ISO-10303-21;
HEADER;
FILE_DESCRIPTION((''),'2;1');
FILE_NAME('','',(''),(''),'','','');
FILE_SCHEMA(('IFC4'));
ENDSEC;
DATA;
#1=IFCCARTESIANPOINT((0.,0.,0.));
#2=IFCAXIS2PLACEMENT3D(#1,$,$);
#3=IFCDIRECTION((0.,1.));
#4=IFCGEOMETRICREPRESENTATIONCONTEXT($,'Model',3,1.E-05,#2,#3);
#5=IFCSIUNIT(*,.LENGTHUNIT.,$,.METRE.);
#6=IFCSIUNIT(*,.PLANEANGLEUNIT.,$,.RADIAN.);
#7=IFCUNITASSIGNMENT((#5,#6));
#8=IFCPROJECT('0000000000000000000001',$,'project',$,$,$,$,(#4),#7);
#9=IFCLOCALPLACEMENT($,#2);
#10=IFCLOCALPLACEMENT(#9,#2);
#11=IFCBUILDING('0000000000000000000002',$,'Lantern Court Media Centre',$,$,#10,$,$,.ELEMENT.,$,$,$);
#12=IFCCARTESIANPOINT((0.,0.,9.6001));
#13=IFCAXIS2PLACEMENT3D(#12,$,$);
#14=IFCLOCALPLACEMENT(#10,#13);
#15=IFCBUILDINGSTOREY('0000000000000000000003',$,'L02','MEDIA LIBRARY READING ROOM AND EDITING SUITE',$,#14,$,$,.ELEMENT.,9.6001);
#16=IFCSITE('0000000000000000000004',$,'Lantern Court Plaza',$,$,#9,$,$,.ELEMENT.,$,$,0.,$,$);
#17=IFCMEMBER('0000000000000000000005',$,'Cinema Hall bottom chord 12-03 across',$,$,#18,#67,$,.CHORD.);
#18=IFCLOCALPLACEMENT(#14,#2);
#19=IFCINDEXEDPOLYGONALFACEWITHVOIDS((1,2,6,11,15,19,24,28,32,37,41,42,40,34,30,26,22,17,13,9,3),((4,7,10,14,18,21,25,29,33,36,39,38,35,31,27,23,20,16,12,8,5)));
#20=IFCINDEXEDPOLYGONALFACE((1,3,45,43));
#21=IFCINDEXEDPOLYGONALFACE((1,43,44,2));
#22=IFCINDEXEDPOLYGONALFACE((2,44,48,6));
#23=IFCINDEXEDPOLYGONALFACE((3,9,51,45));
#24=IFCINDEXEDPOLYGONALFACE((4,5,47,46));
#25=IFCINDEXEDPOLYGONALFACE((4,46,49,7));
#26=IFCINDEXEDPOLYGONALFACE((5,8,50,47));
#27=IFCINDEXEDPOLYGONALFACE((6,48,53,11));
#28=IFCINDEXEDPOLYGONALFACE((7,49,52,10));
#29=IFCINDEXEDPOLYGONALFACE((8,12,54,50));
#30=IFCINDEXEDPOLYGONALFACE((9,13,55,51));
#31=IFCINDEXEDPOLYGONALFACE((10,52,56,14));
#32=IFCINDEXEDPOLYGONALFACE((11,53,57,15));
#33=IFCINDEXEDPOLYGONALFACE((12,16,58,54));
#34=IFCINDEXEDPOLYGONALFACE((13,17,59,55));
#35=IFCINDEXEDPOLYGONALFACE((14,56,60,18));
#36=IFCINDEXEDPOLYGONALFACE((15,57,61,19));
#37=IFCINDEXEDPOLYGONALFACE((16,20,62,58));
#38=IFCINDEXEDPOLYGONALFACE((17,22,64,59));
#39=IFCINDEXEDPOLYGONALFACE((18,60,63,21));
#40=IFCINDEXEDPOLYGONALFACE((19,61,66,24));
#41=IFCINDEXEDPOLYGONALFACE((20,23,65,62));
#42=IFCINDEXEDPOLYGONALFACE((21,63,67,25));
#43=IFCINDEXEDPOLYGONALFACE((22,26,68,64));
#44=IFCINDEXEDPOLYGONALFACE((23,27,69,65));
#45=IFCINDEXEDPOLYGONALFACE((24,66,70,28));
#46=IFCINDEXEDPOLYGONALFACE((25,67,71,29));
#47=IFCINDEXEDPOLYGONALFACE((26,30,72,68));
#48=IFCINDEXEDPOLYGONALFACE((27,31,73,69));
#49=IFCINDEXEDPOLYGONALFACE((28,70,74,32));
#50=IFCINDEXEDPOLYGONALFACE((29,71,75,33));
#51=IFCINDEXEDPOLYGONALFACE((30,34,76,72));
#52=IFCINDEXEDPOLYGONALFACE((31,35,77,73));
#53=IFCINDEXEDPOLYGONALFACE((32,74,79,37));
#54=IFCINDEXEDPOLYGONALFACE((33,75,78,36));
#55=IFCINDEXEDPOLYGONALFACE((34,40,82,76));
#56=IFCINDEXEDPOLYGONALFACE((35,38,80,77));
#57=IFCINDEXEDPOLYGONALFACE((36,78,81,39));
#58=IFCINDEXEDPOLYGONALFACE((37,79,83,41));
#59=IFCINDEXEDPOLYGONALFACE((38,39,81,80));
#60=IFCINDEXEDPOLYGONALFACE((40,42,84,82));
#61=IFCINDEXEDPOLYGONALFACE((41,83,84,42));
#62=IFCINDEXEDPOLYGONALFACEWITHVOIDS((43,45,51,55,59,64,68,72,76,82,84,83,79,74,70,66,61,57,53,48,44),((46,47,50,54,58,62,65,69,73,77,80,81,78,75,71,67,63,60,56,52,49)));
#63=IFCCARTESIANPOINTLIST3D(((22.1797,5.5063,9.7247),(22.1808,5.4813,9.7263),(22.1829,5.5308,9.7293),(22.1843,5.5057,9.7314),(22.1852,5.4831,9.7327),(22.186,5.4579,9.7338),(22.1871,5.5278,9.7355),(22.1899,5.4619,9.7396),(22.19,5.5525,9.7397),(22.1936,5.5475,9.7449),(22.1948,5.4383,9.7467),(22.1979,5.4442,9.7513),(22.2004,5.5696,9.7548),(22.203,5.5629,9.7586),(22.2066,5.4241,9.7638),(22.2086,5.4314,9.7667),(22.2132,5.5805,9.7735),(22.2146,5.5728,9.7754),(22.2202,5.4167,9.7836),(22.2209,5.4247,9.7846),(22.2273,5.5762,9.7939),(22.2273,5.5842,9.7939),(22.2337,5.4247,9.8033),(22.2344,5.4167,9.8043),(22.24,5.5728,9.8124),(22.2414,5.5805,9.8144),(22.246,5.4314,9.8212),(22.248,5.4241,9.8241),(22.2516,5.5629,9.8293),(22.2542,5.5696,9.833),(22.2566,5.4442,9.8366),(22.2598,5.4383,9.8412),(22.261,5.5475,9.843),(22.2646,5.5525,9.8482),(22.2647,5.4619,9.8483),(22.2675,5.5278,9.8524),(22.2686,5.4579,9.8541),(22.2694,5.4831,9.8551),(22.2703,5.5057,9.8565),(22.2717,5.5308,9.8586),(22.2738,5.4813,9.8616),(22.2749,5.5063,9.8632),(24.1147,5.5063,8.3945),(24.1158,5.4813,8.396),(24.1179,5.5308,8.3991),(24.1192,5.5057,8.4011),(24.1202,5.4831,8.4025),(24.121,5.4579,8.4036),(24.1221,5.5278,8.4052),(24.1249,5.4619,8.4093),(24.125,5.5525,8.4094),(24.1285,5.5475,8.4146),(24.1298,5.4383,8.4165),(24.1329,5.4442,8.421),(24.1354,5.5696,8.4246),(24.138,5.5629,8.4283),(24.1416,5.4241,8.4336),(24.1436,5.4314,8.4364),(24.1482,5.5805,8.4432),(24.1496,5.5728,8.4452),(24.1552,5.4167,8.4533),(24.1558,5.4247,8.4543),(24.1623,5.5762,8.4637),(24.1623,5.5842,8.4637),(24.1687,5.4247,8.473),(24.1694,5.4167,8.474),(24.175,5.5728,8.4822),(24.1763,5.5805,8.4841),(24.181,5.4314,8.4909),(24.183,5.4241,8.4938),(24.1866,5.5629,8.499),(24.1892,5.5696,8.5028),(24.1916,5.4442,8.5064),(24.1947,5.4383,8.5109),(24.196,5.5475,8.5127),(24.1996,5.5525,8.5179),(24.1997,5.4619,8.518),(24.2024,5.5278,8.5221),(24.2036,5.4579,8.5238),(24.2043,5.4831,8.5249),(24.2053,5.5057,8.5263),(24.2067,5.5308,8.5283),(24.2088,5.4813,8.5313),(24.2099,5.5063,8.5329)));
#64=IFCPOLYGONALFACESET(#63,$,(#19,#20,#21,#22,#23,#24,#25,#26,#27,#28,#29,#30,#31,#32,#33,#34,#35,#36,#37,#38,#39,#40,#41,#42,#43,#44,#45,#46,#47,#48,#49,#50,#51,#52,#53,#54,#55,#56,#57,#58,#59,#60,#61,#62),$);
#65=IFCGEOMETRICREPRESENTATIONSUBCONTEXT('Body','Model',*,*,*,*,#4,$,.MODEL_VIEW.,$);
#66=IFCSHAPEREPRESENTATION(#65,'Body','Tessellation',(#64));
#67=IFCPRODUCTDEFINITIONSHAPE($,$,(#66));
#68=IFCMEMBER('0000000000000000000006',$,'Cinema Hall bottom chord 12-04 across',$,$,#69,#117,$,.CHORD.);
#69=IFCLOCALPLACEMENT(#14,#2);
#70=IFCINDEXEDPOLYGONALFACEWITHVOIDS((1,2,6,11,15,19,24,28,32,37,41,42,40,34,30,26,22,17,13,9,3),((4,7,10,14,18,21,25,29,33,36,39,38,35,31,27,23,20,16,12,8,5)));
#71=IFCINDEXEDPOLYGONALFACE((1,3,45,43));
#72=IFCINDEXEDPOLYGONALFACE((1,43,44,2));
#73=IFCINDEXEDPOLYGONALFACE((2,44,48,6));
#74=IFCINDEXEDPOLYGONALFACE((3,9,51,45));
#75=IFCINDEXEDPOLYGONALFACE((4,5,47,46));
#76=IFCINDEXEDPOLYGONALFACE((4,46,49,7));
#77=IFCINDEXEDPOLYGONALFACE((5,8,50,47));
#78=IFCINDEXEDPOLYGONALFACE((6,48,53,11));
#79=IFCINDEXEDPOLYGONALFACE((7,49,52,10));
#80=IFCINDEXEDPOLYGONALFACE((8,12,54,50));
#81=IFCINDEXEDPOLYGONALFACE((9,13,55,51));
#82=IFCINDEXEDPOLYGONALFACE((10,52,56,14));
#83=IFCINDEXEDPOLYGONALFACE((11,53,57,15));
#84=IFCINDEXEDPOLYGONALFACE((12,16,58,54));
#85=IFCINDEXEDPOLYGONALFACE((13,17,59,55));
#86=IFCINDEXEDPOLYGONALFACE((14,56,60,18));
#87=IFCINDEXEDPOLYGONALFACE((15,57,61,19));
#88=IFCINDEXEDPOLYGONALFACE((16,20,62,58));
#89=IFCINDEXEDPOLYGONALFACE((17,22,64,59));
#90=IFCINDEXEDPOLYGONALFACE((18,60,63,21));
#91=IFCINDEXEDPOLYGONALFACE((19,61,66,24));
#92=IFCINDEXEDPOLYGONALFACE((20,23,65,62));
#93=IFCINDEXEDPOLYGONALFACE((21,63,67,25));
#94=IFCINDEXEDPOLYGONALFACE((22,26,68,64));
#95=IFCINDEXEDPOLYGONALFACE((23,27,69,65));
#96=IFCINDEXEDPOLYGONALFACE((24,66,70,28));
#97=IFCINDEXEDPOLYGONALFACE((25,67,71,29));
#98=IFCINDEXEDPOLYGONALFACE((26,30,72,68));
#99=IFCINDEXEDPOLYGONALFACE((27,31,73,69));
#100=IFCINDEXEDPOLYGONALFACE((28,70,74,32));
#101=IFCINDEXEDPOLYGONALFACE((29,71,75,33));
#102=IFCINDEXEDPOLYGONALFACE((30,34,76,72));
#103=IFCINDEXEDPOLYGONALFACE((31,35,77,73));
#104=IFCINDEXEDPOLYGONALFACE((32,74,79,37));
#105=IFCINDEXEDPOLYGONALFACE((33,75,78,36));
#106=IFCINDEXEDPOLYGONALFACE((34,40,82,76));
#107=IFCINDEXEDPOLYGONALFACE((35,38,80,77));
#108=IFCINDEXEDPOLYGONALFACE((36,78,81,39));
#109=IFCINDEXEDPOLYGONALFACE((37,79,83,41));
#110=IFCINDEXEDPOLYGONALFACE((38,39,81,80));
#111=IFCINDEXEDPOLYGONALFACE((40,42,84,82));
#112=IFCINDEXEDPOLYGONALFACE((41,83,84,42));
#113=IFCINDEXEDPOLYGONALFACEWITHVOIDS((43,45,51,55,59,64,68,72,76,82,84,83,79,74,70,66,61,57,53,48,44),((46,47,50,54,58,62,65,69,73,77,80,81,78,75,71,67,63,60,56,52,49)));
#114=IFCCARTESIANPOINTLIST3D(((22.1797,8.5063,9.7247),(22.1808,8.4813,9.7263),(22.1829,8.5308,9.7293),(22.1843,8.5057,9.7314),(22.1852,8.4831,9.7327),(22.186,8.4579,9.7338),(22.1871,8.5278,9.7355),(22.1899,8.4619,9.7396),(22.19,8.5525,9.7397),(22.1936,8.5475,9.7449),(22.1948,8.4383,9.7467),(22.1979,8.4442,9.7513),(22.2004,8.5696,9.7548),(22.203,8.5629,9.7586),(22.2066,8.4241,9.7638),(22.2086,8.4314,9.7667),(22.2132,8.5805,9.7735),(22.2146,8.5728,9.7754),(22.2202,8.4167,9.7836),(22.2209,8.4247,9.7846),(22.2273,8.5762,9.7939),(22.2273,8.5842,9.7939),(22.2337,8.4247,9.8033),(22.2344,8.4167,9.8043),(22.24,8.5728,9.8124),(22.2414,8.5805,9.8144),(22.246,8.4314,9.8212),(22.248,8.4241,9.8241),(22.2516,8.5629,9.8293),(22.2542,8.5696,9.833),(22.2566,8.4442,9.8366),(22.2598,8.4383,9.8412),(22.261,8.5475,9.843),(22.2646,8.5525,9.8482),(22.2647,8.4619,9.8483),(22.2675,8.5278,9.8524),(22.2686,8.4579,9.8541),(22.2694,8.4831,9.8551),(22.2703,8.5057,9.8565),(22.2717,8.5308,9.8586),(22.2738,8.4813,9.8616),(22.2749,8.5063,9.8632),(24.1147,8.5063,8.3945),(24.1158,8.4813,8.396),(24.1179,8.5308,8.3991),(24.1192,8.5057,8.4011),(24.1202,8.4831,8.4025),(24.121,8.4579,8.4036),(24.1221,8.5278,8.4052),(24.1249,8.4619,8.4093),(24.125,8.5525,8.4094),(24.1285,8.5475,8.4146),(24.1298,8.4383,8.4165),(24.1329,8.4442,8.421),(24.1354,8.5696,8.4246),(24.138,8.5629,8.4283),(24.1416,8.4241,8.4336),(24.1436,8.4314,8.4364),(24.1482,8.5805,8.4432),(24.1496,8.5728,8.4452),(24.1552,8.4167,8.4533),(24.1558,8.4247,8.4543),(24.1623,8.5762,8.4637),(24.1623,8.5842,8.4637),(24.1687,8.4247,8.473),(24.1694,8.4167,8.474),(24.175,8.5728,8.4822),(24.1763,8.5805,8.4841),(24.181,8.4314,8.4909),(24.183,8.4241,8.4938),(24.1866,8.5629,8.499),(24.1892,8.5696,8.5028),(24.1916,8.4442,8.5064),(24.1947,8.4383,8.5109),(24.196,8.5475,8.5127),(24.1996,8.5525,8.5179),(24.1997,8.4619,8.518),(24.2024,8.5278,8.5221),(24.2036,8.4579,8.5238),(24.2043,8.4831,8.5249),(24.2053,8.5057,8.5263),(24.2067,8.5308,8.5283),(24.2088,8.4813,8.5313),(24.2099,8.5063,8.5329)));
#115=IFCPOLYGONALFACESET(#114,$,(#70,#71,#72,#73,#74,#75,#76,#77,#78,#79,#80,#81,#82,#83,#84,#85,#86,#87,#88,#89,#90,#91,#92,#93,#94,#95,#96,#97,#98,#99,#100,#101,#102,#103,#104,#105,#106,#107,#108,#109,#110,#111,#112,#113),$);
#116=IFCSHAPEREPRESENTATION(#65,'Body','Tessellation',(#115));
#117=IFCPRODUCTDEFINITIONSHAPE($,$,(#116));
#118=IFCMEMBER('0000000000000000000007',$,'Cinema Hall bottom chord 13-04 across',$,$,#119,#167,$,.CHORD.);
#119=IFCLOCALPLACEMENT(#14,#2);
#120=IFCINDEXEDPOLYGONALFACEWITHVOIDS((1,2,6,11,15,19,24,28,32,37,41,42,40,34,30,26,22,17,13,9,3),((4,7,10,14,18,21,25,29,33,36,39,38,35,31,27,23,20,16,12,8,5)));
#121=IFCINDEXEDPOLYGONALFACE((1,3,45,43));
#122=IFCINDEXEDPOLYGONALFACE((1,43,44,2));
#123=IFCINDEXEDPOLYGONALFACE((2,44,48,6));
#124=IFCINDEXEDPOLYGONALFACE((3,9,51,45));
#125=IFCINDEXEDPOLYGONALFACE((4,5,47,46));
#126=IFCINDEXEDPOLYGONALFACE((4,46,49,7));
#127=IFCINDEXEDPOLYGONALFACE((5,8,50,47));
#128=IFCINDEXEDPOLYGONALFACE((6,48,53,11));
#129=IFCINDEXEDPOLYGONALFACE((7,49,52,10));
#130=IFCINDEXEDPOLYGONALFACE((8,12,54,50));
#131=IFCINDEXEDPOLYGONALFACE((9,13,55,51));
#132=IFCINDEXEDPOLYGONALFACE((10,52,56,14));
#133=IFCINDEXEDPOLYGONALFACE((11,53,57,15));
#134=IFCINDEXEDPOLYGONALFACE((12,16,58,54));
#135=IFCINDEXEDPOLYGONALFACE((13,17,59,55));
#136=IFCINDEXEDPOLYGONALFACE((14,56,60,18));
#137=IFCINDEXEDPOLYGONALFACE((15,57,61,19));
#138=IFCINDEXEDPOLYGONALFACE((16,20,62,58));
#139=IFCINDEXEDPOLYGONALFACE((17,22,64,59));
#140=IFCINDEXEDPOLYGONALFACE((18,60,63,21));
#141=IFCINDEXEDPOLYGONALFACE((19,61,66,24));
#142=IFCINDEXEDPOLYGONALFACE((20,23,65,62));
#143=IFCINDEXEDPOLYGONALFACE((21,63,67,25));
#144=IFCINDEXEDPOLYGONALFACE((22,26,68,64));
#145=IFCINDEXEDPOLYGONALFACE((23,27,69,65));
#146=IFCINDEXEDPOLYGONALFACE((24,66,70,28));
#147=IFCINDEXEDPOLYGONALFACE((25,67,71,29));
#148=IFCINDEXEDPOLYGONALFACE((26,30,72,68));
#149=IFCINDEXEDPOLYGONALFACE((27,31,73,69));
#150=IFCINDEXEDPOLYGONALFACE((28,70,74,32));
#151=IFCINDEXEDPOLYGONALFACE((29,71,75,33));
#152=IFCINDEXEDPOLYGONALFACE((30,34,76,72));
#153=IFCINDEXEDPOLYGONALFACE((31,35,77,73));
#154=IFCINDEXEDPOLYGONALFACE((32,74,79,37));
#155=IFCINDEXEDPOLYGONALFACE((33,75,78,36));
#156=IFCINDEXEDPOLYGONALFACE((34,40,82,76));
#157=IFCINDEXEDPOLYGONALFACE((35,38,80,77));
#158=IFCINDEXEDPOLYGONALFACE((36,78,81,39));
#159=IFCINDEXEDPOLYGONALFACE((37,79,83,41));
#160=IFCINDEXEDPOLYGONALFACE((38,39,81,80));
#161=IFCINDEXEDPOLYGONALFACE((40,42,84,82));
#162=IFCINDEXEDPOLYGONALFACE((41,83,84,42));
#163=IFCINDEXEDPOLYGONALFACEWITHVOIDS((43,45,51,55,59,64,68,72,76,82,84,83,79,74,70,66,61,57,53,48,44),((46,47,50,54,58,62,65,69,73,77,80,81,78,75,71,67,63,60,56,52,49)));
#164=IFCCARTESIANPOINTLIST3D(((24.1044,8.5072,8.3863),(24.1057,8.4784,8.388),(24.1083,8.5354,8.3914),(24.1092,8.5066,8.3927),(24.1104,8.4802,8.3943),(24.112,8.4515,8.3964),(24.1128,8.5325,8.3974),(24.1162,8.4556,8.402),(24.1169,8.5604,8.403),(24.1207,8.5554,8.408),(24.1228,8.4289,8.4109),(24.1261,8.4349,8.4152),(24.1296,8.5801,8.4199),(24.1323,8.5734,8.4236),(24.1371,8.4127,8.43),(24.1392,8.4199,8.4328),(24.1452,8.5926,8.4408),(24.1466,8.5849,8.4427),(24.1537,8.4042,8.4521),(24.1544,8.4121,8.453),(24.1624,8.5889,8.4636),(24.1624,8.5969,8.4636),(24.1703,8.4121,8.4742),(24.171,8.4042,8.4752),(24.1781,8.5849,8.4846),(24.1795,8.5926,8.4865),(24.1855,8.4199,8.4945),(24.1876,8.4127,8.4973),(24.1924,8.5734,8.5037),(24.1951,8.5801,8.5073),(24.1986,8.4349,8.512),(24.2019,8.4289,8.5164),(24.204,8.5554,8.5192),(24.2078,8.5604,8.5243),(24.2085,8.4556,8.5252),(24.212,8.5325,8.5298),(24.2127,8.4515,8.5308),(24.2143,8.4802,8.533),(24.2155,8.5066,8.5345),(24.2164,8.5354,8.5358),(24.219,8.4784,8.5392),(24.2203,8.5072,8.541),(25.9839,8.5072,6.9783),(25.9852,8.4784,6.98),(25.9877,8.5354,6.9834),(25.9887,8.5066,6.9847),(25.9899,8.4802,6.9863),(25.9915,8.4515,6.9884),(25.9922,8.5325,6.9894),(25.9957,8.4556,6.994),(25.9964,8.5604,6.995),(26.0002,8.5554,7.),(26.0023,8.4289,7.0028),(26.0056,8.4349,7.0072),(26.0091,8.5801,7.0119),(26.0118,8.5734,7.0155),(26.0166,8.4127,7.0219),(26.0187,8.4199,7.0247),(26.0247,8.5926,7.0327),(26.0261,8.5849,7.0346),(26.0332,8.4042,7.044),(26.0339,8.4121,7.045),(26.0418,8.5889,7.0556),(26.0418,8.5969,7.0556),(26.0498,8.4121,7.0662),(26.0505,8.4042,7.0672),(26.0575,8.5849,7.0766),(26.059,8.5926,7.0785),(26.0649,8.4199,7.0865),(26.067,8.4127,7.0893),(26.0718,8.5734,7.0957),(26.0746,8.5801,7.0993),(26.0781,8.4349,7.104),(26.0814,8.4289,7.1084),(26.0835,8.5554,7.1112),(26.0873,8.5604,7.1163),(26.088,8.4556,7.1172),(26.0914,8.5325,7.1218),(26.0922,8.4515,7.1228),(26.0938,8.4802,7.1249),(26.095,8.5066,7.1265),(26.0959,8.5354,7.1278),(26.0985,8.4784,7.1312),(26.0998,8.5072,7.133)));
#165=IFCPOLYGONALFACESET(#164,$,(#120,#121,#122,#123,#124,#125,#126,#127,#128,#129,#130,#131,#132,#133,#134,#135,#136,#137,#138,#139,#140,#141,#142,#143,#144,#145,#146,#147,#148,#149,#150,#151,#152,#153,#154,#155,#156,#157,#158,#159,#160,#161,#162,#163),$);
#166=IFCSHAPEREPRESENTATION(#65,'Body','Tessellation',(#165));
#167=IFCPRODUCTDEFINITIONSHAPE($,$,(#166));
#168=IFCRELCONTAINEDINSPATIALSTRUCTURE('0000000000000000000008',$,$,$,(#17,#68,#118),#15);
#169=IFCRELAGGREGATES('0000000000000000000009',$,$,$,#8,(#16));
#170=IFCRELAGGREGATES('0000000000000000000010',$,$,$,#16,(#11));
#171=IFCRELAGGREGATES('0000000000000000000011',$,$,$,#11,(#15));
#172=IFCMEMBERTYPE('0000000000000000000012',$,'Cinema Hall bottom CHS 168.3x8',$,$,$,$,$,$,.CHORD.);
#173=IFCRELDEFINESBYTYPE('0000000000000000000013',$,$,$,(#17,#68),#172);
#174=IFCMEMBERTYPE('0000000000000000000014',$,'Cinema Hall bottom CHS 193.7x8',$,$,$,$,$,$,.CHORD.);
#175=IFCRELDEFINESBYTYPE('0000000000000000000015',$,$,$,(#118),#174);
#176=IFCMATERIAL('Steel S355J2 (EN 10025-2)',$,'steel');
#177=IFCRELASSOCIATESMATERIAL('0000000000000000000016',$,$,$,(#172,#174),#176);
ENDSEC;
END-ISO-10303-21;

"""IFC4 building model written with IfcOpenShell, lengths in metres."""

from ifc_helpers import new_model, si_unit, direction, frame, origin, origin_2d, place, context, subcontext, project, spatial, hollow_circle, extrude, material, material_profile, profile_set, type_object, element, save


model = new_model("IFC4")

# Units and contexts
model_context = context("Model", 3, precision=1e-05, world=origin(), true_north=direction((0.0, 1.0)))
body_context = subcontext(model_context, "Body", "Model", "MODEL_VIEW")
ifc_project = project(units=[si_unit("LENGTHUNIT", "METRE"), si_unit("PLANEANGLEUNIT", "RADIAN")], contexts=[model_context])

# Site, building, storey
site_placement = place(None, origin())
site = spatial("IfcSite", under=ifc_project, at=site_placement, Name="Lantern Court Plaza", CompositionType="ELEMENT", RefElevation=0.0)
building_placement = place(site_placement, origin())
building = spatial("IfcBuilding", under=site, at=building_placement, Name="Lantern Court Media Centre", CompositionType="ELEMENT")
storey_placement = place(building_placement, frame((0.0, 0.0, 9.6001)))
storey = spatial("IfcBuildingStorey", under=building, at=storey_placement, Name="L02", Description="MEDIA LIBRARY READING ROOM AND EDITING SUITE", CompositionType="ELEMENT", Elevation=9.6001)

# Members
ifc_material = material(Name="Steel S355J2 (EN 10025-2)", Category="steel")
ifc_material_profile_1 = material_profile(ifc_material, hollow_circle(Radius=0.0842, WallThickness=0.0081, at=origin_2d()), Name="Cinema Hall bottom CHS 168.3x8")
ifc_profile_set_1 = profile_set([ifc_material_profile_1], Name="Steel S355J2 (EN 10025-2)")
member_type_1 = type_object("IfcMemberType", Name="Cinema Hall bottom CHS 168.3x8", PredefinedType="CHORD", material=ifc_profile_set_1)
for number, where, z_axis, x_axis, name in (
    (1, (22.2273, 5.5, 9.7939), (0.824048, 0.0, -0.56652), (0.0, 1.0, 0.0), "Cinema Hall bottom chord 12-03 across"),
    (2, (22.2273, 8.5, 9.7939), (0.824048, 0.0, -0.56652), (0.0, 1.0, 0.0), "Cinema Hall bottom chord 12-04 across"),
):
    element("IfcMember", number, at=place(storey_placement, frame(where, z_axis=z_axis, x_axis=x_axis)), inside=storey, type_object=member_type_1, Name=name, PredefinedType="CHORD", context=body_context, shape_type="SweptSolid", body=[
        extrude(hollow_circle(Radius=0.0842, WallThickness=0.0081, at=origin_2d()), origin(), (0.0, 0.0, 1.0), 2.3481),
    ])
ifc_material_profile_2 = material_profile(ifc_material, hollow_circle(Radius=0.0969, WallThickness=0.0081, at=origin_2d()), Name="Cinema Hall bottom CHS 193.7x8")
ifc_profile_set_2 = profile_set([ifc_material_profile_2], Name="Steel S355J2 (EN 10025-2)")
member_type_2 = type_object("IfcMemberType", Name="Cinema Hall bottom CHS 193.7x8", PredefinedType="CHORD", material=ifc_profile_set_2)
member_1_placement = place(storey_placement, frame((24.1624, 8.5, 8.4636), z_axis=(0.800324, 0.0, -0.599567), x_axis=(0.0, 1.0, 0.0)))
element("IfcMember", 3, at=member_1_placement, inside=storey, type_object=member_type_2, Name="Cinema Hall bottom chord 13-04 across", PredefinedType="CHORD", context=body_context, shape_type="SweptSolid", body=[
    extrude(hollow_circle(Radius=0.0969, WallThickness=0.0081, at=origin_2d()), origin(), (0.0, 0.0, 1.0), 2.3484),
])

save(model, "model.ifc")
